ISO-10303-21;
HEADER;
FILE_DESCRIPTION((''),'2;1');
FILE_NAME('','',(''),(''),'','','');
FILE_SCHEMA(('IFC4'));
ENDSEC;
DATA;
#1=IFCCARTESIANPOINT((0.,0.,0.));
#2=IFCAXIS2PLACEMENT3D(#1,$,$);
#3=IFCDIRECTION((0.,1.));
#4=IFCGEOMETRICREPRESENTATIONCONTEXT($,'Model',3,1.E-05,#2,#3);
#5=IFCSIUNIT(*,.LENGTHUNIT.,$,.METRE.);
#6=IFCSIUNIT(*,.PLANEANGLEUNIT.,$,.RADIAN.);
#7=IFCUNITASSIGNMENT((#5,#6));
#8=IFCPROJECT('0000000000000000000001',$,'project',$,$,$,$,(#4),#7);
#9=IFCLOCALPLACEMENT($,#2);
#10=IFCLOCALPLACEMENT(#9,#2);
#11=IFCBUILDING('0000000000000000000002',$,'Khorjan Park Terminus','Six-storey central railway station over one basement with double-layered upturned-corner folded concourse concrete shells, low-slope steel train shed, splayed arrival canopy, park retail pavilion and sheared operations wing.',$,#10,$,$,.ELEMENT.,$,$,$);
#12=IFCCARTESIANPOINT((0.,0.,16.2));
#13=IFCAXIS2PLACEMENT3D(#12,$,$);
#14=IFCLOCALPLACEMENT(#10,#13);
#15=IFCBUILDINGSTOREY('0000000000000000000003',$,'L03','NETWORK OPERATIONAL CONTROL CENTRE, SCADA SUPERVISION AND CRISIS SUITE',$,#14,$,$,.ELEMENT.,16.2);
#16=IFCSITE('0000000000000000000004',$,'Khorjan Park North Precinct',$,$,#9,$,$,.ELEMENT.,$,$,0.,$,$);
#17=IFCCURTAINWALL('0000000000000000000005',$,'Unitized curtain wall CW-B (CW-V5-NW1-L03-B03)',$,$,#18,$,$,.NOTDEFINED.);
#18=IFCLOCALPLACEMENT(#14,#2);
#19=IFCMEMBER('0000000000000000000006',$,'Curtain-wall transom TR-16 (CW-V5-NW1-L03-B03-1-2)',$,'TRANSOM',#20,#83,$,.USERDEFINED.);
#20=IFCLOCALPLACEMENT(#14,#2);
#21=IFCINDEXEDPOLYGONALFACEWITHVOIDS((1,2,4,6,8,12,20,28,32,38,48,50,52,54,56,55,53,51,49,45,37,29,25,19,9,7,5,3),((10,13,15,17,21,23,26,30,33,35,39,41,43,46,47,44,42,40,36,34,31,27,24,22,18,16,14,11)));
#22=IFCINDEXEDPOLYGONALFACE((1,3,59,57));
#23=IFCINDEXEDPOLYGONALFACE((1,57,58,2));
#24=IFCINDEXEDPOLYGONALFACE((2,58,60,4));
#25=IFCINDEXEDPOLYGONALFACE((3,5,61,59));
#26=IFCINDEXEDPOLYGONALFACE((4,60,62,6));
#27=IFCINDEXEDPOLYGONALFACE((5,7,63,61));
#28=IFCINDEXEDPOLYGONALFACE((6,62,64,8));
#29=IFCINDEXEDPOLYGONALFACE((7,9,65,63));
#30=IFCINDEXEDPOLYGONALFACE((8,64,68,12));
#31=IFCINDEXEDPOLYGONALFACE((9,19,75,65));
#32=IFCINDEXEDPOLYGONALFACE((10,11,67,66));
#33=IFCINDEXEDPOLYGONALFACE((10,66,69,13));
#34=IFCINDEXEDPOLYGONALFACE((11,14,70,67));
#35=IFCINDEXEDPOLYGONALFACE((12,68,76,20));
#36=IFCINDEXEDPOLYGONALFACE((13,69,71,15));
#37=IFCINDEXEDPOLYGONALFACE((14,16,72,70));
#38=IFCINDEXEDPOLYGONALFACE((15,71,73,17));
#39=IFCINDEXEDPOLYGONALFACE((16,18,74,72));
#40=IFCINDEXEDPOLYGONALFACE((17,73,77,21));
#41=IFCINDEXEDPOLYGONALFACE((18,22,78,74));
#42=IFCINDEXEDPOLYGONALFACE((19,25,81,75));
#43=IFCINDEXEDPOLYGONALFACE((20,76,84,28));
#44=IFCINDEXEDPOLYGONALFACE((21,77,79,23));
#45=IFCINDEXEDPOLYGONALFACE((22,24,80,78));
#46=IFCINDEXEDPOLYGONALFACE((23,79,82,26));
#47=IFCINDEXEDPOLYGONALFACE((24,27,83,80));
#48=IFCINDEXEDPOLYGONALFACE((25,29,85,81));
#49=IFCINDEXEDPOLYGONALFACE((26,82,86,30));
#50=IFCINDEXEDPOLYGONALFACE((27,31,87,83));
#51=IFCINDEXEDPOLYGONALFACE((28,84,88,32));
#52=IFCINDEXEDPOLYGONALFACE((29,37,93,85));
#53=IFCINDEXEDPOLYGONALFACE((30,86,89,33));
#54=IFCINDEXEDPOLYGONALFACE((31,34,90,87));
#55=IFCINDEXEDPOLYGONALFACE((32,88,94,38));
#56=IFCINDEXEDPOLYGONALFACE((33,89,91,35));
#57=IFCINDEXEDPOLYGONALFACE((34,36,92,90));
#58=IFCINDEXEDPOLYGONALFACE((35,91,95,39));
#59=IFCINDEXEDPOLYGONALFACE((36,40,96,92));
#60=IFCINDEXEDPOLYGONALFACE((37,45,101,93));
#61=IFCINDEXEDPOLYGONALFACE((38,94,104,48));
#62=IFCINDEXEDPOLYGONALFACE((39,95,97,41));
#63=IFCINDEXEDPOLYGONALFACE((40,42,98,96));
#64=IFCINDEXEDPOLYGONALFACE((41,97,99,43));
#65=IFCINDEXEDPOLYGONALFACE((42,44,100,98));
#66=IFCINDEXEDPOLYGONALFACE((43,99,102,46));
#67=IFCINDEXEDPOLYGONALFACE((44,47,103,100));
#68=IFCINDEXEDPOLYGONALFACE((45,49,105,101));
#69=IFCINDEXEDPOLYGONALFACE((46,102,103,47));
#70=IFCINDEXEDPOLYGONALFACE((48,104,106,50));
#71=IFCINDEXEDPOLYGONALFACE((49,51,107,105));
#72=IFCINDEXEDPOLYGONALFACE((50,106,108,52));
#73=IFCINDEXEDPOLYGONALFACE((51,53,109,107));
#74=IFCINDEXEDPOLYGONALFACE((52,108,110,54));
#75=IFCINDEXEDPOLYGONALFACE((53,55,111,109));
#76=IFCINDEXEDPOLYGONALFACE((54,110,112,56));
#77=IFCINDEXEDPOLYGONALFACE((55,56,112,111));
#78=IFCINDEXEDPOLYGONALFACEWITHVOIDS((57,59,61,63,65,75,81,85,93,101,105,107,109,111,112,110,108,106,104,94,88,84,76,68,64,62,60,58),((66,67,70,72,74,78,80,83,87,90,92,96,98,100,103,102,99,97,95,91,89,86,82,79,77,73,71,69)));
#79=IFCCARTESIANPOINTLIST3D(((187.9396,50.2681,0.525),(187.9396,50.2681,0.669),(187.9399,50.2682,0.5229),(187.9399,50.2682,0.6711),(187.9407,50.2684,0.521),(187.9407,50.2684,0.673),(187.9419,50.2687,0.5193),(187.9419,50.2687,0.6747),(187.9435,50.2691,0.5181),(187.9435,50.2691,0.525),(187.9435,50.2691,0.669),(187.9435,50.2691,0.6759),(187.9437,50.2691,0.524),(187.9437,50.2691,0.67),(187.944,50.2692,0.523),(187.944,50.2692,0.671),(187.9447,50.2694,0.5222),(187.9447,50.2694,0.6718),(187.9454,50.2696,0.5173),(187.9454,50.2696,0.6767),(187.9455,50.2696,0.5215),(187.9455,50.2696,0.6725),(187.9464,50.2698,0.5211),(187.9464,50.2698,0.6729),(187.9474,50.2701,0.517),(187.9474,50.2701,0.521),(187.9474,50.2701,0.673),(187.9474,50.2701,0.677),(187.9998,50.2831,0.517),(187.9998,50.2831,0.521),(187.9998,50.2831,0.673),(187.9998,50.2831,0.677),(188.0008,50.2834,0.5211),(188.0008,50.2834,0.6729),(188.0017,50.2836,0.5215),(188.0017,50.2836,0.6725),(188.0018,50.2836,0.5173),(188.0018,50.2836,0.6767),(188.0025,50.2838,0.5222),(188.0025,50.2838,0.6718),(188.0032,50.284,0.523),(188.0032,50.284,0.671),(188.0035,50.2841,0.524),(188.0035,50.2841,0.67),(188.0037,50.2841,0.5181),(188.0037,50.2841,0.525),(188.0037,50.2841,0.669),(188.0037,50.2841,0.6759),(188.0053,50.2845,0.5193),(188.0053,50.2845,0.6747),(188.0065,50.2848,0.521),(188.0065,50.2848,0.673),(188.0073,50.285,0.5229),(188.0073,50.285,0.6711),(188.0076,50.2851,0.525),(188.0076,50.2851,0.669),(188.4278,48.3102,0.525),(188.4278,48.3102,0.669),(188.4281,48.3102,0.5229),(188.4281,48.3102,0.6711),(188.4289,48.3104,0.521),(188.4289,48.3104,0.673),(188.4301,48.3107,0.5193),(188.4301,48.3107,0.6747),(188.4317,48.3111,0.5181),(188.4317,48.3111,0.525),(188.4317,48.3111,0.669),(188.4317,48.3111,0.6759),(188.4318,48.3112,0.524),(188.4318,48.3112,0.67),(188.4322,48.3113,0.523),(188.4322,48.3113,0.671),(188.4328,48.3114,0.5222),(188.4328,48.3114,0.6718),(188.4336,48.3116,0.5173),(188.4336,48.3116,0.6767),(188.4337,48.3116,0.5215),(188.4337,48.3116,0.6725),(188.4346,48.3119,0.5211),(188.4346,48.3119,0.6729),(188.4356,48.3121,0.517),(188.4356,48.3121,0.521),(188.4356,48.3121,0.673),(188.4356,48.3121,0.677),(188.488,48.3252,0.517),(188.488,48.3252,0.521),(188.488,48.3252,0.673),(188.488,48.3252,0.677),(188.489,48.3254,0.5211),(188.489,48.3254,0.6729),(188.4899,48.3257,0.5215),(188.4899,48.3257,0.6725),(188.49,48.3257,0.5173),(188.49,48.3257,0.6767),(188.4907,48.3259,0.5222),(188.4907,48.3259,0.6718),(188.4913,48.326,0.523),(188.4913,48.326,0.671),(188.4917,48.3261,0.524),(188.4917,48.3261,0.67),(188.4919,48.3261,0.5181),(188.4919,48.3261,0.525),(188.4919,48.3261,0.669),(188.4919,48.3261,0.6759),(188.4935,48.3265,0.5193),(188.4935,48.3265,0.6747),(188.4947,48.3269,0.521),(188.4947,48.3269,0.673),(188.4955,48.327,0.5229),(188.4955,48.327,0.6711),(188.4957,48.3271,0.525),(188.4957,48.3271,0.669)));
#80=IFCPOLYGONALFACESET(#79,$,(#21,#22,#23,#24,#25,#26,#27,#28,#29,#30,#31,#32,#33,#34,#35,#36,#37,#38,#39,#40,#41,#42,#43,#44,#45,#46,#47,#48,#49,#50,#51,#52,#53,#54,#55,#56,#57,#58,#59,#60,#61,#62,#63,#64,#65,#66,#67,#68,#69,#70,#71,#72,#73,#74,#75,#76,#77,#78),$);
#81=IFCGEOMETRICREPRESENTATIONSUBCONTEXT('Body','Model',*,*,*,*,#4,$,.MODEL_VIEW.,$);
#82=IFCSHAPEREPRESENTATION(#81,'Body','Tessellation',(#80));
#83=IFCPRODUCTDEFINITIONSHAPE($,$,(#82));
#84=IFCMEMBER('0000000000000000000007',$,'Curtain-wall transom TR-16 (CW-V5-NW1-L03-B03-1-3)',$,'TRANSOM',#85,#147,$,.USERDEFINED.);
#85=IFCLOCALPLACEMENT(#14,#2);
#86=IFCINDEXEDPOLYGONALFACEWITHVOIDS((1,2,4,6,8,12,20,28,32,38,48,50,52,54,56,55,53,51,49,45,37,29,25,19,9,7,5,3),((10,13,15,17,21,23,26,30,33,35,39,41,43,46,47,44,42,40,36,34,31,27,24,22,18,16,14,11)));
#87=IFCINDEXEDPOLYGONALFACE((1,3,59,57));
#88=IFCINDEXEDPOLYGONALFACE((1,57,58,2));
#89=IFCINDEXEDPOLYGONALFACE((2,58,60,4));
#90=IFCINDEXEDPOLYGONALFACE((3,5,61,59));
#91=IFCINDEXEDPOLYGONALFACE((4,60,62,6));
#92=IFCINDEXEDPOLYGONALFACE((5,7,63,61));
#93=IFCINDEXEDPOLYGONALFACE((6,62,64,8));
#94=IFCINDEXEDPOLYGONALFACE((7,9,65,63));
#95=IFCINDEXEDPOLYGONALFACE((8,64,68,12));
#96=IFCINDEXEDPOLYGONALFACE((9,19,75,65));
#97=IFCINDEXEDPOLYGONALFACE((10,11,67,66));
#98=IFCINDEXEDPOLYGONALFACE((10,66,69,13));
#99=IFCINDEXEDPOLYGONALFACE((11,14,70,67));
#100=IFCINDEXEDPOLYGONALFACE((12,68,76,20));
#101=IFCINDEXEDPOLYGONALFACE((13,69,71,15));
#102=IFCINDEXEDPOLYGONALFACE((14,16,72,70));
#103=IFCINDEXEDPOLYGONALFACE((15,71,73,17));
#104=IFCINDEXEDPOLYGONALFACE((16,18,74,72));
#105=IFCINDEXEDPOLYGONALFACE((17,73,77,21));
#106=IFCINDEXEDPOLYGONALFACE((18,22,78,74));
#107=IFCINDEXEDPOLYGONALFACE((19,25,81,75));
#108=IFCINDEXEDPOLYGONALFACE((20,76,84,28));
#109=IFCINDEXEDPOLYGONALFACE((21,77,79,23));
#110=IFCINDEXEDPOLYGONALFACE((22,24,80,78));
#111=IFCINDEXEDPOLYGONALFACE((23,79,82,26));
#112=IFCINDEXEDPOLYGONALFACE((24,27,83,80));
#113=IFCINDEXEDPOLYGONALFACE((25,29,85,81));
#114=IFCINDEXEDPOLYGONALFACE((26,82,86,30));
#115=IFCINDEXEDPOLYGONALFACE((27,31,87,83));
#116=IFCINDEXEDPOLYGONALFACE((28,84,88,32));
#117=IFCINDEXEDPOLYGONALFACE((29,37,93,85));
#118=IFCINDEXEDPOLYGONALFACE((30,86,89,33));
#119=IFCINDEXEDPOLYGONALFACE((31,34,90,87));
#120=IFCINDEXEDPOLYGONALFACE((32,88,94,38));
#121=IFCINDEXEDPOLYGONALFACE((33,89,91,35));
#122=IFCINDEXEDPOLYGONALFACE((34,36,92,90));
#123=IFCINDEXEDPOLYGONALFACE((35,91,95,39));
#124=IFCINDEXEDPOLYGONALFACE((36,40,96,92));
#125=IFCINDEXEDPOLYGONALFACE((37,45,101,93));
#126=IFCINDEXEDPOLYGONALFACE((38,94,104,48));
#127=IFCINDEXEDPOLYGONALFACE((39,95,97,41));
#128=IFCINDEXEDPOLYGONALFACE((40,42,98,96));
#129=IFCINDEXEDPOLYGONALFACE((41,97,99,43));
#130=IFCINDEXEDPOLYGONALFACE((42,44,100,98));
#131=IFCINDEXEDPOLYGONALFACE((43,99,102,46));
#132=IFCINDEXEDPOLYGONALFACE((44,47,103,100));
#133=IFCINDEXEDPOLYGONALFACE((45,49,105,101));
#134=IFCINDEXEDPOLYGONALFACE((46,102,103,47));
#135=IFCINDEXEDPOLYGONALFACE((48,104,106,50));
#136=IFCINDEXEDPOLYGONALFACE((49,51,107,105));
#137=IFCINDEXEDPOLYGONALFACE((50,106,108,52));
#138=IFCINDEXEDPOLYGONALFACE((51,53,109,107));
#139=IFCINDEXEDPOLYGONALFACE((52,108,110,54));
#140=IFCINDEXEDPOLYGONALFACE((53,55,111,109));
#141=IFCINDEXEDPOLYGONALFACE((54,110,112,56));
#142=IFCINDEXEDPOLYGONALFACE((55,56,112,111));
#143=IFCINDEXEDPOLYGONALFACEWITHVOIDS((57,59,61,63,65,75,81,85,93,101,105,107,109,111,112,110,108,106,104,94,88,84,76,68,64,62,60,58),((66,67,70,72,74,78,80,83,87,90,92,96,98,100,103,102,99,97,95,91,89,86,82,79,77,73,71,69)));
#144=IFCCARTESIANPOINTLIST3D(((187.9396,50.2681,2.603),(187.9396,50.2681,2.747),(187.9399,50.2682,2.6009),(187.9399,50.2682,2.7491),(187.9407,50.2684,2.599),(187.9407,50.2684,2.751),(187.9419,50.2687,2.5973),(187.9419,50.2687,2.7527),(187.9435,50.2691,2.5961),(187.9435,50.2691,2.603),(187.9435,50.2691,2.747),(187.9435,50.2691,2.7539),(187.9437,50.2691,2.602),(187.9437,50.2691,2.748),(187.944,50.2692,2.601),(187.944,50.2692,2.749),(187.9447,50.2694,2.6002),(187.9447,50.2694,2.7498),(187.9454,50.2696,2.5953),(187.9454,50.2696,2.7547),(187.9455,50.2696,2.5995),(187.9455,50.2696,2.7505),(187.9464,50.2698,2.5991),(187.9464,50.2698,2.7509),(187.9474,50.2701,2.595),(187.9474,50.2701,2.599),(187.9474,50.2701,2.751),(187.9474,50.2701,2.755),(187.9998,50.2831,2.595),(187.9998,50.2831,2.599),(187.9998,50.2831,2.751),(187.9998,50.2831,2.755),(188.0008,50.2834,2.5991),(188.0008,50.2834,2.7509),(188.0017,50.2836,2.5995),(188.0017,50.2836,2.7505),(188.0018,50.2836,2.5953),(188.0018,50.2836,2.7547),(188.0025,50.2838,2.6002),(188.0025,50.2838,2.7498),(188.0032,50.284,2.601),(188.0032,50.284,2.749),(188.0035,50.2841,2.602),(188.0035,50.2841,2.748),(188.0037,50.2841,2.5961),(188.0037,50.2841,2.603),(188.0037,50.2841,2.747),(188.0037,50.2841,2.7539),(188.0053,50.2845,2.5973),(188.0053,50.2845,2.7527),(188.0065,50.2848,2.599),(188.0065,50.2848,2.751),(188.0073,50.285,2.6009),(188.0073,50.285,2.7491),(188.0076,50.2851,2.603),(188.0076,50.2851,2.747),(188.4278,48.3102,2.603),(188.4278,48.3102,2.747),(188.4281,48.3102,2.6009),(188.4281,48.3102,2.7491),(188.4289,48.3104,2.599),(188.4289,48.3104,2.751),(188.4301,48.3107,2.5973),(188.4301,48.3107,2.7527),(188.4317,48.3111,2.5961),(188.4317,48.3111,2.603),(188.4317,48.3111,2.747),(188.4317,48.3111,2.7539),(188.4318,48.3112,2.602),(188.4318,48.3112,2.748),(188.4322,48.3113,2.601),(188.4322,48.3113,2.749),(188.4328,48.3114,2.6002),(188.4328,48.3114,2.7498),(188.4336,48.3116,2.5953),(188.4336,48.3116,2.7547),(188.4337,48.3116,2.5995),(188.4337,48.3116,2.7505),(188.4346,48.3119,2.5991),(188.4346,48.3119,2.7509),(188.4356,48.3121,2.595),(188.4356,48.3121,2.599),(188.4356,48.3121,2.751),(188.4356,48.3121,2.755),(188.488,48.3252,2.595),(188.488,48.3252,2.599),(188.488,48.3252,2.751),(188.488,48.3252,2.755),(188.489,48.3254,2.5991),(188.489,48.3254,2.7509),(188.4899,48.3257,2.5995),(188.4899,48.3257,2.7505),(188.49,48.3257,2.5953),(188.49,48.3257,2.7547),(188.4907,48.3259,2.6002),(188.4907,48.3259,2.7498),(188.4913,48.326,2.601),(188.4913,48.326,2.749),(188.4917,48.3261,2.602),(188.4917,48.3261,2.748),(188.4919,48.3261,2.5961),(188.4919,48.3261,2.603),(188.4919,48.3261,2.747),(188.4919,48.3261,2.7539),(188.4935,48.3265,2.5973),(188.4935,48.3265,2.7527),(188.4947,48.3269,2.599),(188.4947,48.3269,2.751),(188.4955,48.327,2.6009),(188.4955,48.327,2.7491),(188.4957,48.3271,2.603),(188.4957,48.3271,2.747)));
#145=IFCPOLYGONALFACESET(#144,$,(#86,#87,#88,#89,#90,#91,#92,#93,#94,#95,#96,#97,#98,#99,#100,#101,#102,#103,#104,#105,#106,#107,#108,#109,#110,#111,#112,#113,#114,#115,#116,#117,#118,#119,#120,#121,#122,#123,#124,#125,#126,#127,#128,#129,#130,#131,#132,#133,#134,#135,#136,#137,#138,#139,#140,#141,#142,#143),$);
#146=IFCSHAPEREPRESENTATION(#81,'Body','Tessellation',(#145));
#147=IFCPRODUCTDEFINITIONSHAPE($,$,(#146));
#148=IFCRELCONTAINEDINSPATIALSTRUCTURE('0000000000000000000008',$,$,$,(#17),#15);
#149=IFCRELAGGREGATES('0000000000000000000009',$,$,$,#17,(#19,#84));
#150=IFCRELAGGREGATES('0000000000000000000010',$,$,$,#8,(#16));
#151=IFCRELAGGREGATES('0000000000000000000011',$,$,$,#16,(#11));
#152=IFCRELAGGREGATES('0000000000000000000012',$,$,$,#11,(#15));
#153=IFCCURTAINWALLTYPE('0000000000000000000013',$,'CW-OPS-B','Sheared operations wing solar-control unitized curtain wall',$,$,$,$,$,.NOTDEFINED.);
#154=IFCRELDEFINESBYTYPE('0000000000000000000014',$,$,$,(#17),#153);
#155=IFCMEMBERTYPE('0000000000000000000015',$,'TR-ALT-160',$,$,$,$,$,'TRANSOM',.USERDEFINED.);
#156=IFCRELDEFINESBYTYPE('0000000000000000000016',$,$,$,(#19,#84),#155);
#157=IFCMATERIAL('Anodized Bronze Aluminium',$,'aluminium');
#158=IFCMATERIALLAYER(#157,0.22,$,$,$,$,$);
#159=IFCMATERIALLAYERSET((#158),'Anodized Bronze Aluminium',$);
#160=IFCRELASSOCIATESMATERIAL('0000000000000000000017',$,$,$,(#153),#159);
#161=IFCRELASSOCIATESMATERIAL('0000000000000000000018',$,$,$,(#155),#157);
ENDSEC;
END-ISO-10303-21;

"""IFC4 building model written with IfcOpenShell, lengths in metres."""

from ifc_helpers import new_model, si_unit, direction, frame, origin, origin_2d, place, context, subcontext, project, spatial, hollow_rectangle, extrude, material, layer, layer_set, material_profile, profile_set, type_object, element, aggregate, save


model = new_model("IFC4")

# Units and contexts
model_context = context("Model", 3, precision=1e-05, world=origin(), true_north=direction((0.0, 1.0)))
body_context = subcontext(model_context, "Body", "Model", "MODEL_VIEW")
ifc_project = project(units=[si_unit("LENGTHUNIT", "METRE"), si_unit("PLANEANGLEUNIT", "RADIAN")], contexts=[model_context])

# Site, building, storey
site_placement = place(None, origin())
site = spatial("IfcSite", under=ifc_project, at=site_placement, Name="Khorjan Park North Precinct", CompositionType="ELEMENT", RefElevation=0.0)
building_placement = place(site_placement, origin())
building = spatial("IfcBuilding", under=site, at=building_placement, Name="Khorjan Park Terminus", Description="Six-storey central railway station over one basement with double-layered upturned-corner folded concourse concrete shells, low-slope steel train shed, splayed arrival canopy, park retail pavilion and sheared operations wing.", CompositionType="ELEMENT")
storey_placement = place(building_placement, frame((0.0, 0.0, 16.2)))
storey = spatial("IfcBuildingStorey", under=building, at=storey_placement, Name="L03", Description="NETWORK OPERATIONAL CONTROL CENTRE, SCADA SUPERVISION AND CRISIS SUITE", CompositionType="ELEMENT", Elevation=16.2)

# Curtain wall, members
ifc_material_1 = material(Name="Anodized Bronze Aluminium", Category="aluminium")
ifc_layer_1 = layer(ifc_material_1, 0.22)
ifc_layer_set_1 = layer_set([ifc_layer_1], Name="Anodized Bronze Aluminium")
curtain_wall_type = type_object("IfcCurtainWallType", Name="CW-OPS-B", Description="Sheared operations wing solar-control unitized curtain wall", PredefinedType="NOTDEFINED", material=ifc_layer_set_1)
curtain_wall_placement = place(storey_placement, origin())
curtain_wall = element("IfcCurtainWall", 1, at=curtain_wall_placement, inside=storey, type_object=curtain_wall_type, Name="Unitized curtain wall CW-B (CW-V5-NW1-L03-B03)", PredefinedType="NOTDEFINED")
ifc_material_profile_1 = material_profile(ifc_material_1, hollow_rectangle(XDim=0.07, YDim=0.16, WallThickness=0.004, InnerFilletRadius=0.004, OuterFilletRadius=0.008, at=origin_2d()), Name="ALT 70x160x4")
ifc_profile_set_1 = profile_set([ifc_material_profile_1], Name="Anodized Bronze Aluminium")
member_type_1 = type_object("IfcMemberType", Name="TR-ALT-160", ElementType="TRANSOM", PredefinedType="USERDEFINED", material=ifc_profile_set_1)
member_1_placement = place(storey_placement, frame((187.9736, 50.2766, 0.597), z_axis=(0.241929, -0.970294, 0.0), x_axis=(0.970294, 0.241929, 0.0)))
member_1 = element("IfcMember", 2, at=member_1_placement, type_object=member_type_1, Name="Curtain-wall transom TR-16 (CW-V5-NW1-L03-B03-1-2)", ObjectType="TRANSOM", PredefinedType="USERDEFINED", context=body_context, shape_type="SweptSolid", body=[
    extrude(hollow_rectangle(XDim=0.07, YDim=0.16, WallThickness=0.004, InnerFilletRadius=0.004, OuterFilletRadius=0.008, at=origin_2d()), origin(), (0.0, 0.0, 1.0), 2.0179),
])
member_2_placement = place(storey_placement, frame((187.9736, 50.2766, 2.675), z_axis=(0.241929, -0.970294, 0.0), x_axis=(0.970294, 0.241929, 0.0)))
member_2 = element("IfcMember", 3, at=member_2_placement, type_object=member_type_1, Name="Curtain-wall transom TR-16 (CW-V5-NW1-L03-B03-1-3)", ObjectType="TRANSOM", PredefinedType="USERDEFINED", context=body_context, shape_type="SweptSolid", body=[
    extrude(hollow_rectangle(XDim=0.07, YDim=0.16, WallThickness=0.004, InnerFilletRadius=0.004, OuterFilletRadius=0.008, at=origin_2d()), origin(), (0.0, 0.0, 1.0), 2.0179),
])
aggregate(curtain_wall, [member_1, member_2])

save(model, "model.ifc")
